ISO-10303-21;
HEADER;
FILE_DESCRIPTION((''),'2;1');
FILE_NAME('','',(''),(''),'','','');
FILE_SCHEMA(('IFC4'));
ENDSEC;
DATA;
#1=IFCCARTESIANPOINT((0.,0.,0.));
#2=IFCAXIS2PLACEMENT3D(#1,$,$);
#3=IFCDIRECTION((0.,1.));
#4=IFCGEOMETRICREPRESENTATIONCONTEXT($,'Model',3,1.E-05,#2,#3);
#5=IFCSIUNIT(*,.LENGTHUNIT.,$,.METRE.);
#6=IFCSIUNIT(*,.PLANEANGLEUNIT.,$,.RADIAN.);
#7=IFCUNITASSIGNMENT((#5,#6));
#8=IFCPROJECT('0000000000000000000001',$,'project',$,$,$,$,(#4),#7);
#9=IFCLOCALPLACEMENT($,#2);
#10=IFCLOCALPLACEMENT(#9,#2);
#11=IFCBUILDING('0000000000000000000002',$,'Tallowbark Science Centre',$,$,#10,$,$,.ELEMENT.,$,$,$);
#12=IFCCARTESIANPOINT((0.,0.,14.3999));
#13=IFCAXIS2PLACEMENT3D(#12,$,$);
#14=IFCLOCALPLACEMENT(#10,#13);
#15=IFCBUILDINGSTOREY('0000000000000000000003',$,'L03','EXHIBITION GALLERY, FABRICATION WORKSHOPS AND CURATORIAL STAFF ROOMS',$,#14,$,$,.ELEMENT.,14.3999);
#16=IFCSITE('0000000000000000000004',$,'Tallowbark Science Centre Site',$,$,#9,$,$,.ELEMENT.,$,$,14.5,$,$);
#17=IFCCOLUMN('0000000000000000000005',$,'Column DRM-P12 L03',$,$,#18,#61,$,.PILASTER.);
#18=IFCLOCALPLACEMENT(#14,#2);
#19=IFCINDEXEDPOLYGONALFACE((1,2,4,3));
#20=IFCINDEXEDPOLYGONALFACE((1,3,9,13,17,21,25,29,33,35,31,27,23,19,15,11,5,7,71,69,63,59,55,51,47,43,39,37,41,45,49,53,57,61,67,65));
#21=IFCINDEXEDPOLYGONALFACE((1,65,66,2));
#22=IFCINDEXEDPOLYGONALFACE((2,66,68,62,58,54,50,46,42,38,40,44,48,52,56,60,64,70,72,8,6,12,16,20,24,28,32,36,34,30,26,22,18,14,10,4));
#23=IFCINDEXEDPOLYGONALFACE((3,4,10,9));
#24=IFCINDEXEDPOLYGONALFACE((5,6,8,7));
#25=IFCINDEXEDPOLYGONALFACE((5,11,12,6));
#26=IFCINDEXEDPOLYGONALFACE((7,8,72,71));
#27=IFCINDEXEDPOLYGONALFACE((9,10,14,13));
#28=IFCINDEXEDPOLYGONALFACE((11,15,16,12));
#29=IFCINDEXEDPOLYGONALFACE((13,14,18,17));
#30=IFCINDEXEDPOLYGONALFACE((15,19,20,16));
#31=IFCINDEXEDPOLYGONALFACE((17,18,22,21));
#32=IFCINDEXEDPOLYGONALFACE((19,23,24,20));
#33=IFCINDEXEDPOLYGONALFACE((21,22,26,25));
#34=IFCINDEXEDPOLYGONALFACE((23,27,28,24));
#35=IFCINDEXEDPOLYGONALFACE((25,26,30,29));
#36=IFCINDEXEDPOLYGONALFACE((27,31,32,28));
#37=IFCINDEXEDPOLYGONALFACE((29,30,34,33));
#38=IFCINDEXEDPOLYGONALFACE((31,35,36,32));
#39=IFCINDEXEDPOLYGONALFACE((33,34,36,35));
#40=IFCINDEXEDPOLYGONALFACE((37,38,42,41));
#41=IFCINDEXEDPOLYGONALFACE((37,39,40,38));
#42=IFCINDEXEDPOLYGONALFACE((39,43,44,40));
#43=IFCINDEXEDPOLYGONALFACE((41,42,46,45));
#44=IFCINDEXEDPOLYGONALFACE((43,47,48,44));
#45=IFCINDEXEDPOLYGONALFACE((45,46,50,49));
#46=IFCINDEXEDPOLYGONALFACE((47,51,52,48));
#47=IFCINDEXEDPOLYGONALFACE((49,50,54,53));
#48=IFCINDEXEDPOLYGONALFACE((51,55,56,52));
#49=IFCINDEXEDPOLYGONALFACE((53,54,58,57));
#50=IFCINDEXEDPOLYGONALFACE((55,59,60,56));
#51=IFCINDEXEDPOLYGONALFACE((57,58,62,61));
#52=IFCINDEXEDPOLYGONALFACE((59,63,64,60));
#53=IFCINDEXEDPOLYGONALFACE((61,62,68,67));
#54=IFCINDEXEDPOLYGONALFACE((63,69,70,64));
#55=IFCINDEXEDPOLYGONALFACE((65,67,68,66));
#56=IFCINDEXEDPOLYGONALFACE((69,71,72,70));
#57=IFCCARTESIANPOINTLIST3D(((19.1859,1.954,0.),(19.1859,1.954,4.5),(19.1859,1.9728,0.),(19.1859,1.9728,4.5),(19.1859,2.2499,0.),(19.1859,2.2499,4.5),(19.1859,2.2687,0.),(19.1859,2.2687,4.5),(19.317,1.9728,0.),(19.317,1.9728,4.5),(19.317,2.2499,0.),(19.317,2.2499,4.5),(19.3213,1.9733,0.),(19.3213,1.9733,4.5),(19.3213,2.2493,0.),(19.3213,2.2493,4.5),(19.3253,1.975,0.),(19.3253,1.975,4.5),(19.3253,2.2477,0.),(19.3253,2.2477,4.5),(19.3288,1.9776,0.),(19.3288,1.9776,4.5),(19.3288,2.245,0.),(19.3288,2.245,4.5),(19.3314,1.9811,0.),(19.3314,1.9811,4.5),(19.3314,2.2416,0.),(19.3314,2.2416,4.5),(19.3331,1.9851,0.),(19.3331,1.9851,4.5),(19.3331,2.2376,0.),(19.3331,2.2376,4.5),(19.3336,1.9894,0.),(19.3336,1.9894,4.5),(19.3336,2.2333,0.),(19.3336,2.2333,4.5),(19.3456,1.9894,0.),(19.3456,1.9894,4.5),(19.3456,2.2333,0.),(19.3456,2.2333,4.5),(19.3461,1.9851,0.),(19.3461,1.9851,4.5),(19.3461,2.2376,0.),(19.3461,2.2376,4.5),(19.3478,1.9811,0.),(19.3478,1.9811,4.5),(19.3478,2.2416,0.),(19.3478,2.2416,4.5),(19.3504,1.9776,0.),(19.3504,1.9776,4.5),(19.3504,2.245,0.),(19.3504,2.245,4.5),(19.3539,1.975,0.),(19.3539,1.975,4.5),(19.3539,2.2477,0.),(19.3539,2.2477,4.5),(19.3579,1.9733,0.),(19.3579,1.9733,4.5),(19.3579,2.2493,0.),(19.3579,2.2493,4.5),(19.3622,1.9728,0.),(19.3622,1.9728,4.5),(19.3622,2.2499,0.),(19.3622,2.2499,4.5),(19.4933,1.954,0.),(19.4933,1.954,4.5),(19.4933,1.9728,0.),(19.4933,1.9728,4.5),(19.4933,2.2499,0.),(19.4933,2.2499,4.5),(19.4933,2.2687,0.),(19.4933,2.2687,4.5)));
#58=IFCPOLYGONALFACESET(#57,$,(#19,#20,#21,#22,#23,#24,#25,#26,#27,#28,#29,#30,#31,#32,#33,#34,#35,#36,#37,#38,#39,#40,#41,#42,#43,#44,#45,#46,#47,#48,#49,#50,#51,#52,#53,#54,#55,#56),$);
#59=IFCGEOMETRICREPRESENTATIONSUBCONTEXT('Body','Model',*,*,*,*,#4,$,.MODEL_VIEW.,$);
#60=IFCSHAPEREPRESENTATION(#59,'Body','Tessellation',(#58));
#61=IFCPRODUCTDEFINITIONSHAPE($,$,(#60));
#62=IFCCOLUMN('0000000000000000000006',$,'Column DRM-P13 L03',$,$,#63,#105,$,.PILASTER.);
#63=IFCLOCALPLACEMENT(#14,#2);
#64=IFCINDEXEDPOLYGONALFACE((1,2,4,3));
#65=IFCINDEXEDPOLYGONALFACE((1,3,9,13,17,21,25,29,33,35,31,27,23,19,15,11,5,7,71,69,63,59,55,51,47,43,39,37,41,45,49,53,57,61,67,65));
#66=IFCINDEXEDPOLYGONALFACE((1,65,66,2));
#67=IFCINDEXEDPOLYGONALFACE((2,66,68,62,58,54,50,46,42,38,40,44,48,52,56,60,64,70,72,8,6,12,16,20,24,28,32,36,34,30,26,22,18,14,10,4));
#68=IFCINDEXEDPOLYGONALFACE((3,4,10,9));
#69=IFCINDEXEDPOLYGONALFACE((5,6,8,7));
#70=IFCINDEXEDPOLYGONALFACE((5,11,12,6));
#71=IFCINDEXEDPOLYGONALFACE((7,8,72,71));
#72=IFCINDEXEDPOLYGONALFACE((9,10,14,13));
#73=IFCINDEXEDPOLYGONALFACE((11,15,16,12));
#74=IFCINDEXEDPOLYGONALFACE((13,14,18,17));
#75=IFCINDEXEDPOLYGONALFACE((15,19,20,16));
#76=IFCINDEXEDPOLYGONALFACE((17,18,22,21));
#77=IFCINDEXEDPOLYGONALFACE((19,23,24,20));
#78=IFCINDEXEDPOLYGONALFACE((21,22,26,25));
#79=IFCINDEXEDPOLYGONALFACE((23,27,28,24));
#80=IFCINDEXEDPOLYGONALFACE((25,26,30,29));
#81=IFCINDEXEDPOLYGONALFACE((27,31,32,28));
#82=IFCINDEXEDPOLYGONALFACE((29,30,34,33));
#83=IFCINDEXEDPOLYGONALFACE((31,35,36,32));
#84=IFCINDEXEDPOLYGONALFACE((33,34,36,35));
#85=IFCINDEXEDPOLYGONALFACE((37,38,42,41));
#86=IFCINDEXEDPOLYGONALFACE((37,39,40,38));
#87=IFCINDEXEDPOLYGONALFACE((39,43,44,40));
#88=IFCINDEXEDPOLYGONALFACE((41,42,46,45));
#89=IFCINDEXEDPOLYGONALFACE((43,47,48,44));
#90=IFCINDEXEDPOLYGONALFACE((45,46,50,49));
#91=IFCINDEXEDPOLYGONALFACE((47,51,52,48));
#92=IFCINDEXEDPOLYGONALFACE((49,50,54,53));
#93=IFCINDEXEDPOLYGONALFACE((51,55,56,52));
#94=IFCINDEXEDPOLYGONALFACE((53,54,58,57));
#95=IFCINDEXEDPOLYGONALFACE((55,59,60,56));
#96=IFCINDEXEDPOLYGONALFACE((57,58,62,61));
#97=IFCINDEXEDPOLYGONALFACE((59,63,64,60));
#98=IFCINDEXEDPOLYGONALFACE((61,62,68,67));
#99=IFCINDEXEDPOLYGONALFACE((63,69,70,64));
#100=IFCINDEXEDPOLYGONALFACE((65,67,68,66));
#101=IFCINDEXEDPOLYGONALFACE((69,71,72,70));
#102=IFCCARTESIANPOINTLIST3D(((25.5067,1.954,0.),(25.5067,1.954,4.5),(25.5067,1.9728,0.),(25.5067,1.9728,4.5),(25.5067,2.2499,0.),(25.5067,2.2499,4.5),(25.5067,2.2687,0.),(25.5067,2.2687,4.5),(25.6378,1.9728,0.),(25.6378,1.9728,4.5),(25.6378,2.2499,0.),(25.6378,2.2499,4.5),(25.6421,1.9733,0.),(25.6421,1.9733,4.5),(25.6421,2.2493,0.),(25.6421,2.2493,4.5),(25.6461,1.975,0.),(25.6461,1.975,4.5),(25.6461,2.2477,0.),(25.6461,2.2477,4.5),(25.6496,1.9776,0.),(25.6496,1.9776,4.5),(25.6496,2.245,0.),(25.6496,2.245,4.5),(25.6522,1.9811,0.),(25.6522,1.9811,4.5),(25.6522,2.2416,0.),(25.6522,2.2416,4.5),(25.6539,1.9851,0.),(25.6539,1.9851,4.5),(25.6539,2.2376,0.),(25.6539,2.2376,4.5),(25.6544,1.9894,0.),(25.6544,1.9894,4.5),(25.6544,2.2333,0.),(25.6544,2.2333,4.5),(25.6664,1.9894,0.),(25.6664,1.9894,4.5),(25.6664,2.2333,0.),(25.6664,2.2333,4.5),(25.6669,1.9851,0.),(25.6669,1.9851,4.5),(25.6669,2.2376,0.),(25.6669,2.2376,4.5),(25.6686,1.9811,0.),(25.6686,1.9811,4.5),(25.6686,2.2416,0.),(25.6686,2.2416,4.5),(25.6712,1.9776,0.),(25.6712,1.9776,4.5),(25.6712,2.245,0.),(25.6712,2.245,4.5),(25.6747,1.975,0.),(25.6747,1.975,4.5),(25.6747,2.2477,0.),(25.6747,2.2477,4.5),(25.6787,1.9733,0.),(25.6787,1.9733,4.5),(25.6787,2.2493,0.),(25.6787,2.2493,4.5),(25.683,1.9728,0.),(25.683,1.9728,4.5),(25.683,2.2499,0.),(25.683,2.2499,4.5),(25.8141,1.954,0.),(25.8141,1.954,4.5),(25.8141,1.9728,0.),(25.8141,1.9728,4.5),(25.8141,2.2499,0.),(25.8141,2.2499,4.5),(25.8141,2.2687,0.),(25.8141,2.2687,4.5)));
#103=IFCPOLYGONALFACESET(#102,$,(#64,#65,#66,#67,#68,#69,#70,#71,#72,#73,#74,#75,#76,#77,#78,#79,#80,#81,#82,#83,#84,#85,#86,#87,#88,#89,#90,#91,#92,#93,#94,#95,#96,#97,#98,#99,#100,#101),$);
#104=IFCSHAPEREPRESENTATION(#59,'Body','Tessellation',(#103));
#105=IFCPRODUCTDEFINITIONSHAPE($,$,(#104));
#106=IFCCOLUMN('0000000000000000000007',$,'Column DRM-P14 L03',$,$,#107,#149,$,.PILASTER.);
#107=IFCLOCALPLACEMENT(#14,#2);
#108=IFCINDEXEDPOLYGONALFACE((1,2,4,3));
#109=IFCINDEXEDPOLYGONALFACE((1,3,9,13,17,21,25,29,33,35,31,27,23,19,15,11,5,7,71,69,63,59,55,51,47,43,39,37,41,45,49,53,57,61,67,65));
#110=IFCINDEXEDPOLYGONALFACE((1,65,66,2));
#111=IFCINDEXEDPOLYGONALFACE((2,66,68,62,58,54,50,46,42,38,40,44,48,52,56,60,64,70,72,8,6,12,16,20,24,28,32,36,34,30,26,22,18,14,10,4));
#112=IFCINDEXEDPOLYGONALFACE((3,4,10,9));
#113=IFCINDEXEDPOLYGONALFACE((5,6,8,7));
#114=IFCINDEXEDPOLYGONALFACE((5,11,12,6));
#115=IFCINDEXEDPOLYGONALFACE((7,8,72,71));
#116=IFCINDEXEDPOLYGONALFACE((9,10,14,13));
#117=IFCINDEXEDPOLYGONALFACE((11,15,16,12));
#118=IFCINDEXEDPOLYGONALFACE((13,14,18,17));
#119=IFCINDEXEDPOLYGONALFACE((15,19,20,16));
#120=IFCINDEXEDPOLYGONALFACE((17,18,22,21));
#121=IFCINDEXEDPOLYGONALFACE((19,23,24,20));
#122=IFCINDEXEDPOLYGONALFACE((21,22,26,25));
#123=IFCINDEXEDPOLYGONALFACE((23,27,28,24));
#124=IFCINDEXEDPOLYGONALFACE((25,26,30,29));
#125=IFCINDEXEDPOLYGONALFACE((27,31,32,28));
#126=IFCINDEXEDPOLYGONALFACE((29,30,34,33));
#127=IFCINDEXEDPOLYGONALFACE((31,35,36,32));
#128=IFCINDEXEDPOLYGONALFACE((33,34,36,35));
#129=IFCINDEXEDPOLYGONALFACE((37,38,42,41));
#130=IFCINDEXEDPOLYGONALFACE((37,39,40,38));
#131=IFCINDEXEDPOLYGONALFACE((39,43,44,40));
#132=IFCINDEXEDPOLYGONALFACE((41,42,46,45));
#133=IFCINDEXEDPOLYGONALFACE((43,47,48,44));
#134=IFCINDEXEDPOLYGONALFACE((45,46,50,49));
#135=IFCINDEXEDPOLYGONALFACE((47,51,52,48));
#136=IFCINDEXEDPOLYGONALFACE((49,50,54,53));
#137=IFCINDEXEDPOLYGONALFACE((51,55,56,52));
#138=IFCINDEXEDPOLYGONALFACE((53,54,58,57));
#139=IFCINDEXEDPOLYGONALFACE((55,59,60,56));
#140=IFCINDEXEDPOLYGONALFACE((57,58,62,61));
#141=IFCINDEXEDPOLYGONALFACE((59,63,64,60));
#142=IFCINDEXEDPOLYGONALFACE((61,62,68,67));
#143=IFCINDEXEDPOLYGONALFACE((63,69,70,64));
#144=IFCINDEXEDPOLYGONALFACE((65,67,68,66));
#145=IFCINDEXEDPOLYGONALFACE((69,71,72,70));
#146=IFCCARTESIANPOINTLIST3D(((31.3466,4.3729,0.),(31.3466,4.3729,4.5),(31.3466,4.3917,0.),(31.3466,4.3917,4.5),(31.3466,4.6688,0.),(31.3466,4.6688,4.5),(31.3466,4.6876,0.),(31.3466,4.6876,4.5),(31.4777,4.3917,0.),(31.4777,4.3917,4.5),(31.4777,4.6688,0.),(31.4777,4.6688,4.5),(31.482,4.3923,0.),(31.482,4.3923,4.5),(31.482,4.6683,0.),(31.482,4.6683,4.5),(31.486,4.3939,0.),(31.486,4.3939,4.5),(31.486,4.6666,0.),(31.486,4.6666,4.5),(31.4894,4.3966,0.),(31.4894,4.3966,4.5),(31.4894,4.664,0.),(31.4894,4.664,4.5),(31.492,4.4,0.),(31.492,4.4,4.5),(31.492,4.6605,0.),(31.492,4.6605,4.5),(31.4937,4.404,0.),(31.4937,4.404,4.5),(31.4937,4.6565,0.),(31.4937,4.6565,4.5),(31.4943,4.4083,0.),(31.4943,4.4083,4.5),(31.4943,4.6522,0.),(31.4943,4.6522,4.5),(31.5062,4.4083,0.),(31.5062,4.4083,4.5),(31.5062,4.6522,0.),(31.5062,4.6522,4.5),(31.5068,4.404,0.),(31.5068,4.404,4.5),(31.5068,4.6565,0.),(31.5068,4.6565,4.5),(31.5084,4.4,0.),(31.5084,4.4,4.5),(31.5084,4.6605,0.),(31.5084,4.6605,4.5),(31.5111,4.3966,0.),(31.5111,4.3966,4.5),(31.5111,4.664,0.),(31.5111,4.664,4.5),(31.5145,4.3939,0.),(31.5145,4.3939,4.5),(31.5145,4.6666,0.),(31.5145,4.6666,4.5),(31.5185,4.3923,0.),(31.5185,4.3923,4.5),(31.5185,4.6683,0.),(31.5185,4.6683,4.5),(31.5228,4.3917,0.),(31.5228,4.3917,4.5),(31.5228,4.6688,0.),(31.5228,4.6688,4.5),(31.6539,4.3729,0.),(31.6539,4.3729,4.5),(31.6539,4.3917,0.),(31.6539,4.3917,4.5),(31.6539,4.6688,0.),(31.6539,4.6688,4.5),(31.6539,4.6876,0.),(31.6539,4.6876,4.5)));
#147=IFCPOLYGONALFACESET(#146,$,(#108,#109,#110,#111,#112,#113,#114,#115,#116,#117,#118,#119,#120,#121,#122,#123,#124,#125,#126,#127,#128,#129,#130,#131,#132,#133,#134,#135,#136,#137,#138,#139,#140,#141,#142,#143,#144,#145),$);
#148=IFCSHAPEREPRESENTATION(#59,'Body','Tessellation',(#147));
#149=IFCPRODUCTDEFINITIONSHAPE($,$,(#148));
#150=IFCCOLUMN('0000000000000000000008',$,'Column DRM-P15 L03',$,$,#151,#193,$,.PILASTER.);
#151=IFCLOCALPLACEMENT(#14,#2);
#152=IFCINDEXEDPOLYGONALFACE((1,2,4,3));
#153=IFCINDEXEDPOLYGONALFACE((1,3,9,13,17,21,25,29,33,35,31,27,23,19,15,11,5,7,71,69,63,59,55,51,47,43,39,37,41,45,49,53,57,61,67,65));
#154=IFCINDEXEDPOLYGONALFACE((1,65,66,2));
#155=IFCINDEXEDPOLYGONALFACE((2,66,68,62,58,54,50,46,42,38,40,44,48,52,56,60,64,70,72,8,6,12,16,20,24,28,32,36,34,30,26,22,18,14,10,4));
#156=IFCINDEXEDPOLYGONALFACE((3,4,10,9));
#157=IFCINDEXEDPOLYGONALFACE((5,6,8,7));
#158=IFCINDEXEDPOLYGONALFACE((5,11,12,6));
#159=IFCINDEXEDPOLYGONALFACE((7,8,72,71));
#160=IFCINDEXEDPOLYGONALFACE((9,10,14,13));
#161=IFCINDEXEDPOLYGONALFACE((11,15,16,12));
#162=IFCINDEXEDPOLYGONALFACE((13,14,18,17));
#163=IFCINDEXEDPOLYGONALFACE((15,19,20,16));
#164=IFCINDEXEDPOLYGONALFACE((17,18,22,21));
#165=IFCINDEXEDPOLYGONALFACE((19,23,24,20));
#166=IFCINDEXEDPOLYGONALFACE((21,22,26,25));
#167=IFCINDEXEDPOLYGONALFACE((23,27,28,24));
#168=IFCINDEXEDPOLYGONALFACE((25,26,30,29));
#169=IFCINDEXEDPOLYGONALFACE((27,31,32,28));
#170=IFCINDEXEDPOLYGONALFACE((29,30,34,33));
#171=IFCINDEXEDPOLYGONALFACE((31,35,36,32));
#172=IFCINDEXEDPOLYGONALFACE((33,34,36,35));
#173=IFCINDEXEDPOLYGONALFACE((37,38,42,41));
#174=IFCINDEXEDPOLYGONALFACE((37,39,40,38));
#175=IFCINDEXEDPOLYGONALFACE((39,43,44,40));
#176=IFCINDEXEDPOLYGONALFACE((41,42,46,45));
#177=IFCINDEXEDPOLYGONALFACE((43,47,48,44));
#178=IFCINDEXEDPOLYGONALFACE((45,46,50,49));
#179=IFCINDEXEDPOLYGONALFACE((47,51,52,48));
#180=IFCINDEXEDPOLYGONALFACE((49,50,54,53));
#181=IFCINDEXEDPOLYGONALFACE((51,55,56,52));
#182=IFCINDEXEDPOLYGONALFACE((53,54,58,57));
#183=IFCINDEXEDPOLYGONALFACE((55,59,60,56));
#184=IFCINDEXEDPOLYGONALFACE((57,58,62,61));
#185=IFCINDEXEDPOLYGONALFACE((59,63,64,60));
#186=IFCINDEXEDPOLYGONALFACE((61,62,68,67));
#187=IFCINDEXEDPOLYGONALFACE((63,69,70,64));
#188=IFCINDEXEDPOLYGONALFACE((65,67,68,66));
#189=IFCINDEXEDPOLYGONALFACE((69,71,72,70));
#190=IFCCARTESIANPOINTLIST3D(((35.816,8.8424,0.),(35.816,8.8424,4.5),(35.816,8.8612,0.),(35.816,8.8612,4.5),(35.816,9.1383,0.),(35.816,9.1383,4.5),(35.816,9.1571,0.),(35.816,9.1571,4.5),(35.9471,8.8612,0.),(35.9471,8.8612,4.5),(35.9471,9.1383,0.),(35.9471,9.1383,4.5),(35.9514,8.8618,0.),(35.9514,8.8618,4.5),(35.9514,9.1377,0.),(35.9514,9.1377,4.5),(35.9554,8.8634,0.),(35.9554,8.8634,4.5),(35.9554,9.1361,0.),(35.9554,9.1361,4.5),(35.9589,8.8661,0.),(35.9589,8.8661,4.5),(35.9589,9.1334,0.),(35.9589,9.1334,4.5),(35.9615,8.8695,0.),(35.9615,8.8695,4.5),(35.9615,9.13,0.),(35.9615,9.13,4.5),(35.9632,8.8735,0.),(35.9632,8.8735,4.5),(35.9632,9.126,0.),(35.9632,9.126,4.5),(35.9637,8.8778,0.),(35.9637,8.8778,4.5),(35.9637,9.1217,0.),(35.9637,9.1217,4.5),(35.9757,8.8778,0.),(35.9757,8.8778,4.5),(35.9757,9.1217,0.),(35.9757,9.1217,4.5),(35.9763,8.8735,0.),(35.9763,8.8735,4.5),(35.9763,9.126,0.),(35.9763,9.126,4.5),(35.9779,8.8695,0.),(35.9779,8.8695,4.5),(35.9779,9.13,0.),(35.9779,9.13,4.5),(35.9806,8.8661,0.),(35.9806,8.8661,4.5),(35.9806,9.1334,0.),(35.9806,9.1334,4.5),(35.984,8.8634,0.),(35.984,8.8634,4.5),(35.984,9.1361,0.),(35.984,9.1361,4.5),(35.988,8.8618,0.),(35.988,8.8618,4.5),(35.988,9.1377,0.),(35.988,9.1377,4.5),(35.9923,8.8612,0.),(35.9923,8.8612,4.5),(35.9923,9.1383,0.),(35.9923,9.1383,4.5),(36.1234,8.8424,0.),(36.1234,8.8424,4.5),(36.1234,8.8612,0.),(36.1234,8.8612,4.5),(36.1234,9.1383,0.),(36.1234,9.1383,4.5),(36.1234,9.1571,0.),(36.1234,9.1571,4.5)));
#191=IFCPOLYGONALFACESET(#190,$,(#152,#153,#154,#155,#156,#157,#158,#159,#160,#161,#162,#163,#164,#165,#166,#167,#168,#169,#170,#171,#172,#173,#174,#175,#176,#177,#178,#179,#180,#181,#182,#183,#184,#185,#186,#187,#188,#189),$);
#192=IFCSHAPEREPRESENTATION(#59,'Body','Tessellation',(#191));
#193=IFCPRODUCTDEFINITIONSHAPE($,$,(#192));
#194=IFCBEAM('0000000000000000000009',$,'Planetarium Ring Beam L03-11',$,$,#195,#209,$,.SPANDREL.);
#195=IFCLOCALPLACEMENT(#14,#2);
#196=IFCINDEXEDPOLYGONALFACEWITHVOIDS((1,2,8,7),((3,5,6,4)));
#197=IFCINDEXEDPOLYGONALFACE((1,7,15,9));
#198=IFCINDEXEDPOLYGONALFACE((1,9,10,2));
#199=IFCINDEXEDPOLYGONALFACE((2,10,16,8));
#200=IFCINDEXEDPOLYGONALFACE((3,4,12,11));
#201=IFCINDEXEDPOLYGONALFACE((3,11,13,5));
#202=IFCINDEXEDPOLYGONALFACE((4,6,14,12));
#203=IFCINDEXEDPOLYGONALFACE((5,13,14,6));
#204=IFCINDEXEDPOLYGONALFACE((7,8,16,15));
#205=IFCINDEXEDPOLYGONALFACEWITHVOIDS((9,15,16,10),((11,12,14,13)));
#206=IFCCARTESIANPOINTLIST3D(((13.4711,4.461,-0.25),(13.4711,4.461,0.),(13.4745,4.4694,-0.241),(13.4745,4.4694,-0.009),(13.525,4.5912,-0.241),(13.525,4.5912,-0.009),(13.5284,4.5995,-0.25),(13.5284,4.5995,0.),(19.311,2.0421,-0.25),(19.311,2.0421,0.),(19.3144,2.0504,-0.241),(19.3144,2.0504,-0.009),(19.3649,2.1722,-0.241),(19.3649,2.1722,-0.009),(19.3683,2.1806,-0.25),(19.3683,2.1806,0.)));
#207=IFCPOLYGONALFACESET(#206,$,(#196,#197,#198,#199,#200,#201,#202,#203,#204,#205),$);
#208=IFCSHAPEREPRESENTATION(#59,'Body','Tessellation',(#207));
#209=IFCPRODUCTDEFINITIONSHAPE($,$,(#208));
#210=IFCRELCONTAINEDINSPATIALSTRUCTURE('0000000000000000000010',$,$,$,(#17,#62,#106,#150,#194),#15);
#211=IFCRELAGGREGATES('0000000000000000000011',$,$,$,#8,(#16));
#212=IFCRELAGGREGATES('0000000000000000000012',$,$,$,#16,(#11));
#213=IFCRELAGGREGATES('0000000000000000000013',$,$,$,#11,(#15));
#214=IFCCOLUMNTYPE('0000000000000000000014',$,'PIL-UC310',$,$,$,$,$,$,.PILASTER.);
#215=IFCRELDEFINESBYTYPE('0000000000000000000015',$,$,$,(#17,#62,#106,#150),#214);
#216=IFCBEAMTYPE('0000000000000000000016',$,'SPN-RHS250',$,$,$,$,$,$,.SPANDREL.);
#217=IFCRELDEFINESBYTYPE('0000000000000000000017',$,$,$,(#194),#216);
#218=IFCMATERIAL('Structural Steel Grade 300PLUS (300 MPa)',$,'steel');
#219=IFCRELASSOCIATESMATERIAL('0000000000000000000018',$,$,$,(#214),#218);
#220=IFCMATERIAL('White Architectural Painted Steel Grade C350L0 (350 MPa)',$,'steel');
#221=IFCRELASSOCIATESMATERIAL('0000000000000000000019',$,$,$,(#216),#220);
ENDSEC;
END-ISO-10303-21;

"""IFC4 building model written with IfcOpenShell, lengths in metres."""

from ifc_helpers import new_model, si_unit, direction, frame, origin, origin_2d, place, context, subcontext, project, spatial, hollow_rectangle, i_section, extrude, material, material_profile, profile_set, type_object, element, save


model = new_model("IFC4")

# Units and contexts
model_context = context("Model", 3, precision=1e-05, world=origin(), true_north=direction((0.0, 1.0)))
body_context = subcontext(model_context, "Body", "Model", "MODEL_VIEW")
ifc_project = project(units=[si_unit("LENGTHUNIT", "METRE"), si_unit("PLANEANGLEUNIT", "RADIAN")], contexts=[model_context])

# Site, building, storey
site_placement = place(None, origin())
site = spatial("IfcSite", under=ifc_project, at=site_placement, Name="Tallowbark Science Centre Site", CompositionType="ELEMENT", RefElevation=14.5)
building_placement = place(site_placement, origin())
building = spatial("IfcBuilding", under=site, at=building_placement, Name="Tallowbark Science Centre", CompositionType="ELEMENT")
storey_placement = place(building_placement, frame((0.0, 0.0, 14.3999)))
storey = spatial("IfcBuildingStorey", under=building, at=storey_placement, Name="L03", Description="EXHIBITION GALLERY, FABRICATION WORKSHOPS AND CURATORIAL STAFF ROOMS", CompositionType="ELEMENT", Elevation=14.3999)

# Columns
ifc_material_1 = material(Name="Structural Steel Grade 300PLUS (300 MPa)", Category="steel")
ifc_material_profile_1 = material_profile(ifc_material_1, i_section(OverallWidth=0.3074, OverallDepth=0.3147, WebThickness=0.012, FlangeThickness=0.0188, FilletRadius=0.0166, at=origin_2d()), Name="310UC118")
ifc_profile_set_1 = profile_set([ifc_material_profile_1], Name="Structural Steel Grade 300PLUS (300 MPa)")
column_type = type_object("IfcColumnType", Name="PIL-UC310", PredefinedType="PILASTER", material=ifc_profile_set_1)
for number, where, z_axis, x_axis, name in (
    (1, (19.3396, 2.1113, 0.0), (0.0, 0.0, 1.0), (1.0, 0.0, 0.0), "Column DRM-P12 L03"),
    (2, (25.6604, 2.1113, 0.0), (0.0, 0.0, 1.0), (1.0, 0.0, 0.0), "Column DRM-P13 L03"),
    (3, (31.5002, 4.5303, 0.0), (0.0, 0.0, 1.0), (1.0, 0.0, 0.0), "Column DRM-P14 L03"),
    (4, (35.9697, 8.9998, 0.0), (0.0, 0.0, 1.0), (1.0, 0.0, 0.0), "Column DRM-P15 L03"),
):
    element("IfcColumn", number, at=place(storey_placement, frame(where, z_axis=z_axis, x_axis=x_axis)), inside=storey, type_object=column_type, Name=name, PredefinedType="PILASTER", context=body_context, shape_type="SweptSolid", body=[
        extrude(i_section(OverallWidth=0.3074, OverallDepth=0.3147, WebThickness=0.012, FlangeThickness=0.0188, FilletRadius=0.0166, at=origin_2d()), origin(), (0.0, 0.0, 1.0), 4.5),
    ])

# Beam
ifc_material_2 = material(Name="White Architectural Painted Steel Grade C350L0 (350 MPa)", Category="steel")
ifc_material_profile_2 = material_profile(ifc_material_2, hollow_rectangle(XDim=0.1499, YDim=0.25, WallThickness=0.009, at=origin_2d()), Name="250x150x9.0RHS")
ifc_profile_set_2 = profile_set([ifc_material_profile_2], Name="White Architectural Painted Steel Grade C350L0 (350 MPa)")
beam_type = type_object("IfcBeamType", Name="SPN-RHS250", PredefinedType="SPANDREL", material=ifc_profile_set_2)
beam_1_placement = place(storey_placement, frame((13.4998, 4.5303, -0.125), z_axis=(0.923879, -0.382684, 0.0), x_axis=(0.382684, 0.923879, 0.0)))
element("IfcBeam", 5, at=beam_1_placement, inside=storey, type_object=beam_type, Name="Planetarium Ring Beam L03-11", PredefinedType="SPANDREL", context=body_context, shape_type="SweptSolid", body=[
    extrude(hollow_rectangle(XDim=0.1499, YDim=0.25, WallThickness=0.009, at=origin_2d()), origin(), (0.0, 0.0, 1.0), 6.321),
])

save(model, "model.ifc")
